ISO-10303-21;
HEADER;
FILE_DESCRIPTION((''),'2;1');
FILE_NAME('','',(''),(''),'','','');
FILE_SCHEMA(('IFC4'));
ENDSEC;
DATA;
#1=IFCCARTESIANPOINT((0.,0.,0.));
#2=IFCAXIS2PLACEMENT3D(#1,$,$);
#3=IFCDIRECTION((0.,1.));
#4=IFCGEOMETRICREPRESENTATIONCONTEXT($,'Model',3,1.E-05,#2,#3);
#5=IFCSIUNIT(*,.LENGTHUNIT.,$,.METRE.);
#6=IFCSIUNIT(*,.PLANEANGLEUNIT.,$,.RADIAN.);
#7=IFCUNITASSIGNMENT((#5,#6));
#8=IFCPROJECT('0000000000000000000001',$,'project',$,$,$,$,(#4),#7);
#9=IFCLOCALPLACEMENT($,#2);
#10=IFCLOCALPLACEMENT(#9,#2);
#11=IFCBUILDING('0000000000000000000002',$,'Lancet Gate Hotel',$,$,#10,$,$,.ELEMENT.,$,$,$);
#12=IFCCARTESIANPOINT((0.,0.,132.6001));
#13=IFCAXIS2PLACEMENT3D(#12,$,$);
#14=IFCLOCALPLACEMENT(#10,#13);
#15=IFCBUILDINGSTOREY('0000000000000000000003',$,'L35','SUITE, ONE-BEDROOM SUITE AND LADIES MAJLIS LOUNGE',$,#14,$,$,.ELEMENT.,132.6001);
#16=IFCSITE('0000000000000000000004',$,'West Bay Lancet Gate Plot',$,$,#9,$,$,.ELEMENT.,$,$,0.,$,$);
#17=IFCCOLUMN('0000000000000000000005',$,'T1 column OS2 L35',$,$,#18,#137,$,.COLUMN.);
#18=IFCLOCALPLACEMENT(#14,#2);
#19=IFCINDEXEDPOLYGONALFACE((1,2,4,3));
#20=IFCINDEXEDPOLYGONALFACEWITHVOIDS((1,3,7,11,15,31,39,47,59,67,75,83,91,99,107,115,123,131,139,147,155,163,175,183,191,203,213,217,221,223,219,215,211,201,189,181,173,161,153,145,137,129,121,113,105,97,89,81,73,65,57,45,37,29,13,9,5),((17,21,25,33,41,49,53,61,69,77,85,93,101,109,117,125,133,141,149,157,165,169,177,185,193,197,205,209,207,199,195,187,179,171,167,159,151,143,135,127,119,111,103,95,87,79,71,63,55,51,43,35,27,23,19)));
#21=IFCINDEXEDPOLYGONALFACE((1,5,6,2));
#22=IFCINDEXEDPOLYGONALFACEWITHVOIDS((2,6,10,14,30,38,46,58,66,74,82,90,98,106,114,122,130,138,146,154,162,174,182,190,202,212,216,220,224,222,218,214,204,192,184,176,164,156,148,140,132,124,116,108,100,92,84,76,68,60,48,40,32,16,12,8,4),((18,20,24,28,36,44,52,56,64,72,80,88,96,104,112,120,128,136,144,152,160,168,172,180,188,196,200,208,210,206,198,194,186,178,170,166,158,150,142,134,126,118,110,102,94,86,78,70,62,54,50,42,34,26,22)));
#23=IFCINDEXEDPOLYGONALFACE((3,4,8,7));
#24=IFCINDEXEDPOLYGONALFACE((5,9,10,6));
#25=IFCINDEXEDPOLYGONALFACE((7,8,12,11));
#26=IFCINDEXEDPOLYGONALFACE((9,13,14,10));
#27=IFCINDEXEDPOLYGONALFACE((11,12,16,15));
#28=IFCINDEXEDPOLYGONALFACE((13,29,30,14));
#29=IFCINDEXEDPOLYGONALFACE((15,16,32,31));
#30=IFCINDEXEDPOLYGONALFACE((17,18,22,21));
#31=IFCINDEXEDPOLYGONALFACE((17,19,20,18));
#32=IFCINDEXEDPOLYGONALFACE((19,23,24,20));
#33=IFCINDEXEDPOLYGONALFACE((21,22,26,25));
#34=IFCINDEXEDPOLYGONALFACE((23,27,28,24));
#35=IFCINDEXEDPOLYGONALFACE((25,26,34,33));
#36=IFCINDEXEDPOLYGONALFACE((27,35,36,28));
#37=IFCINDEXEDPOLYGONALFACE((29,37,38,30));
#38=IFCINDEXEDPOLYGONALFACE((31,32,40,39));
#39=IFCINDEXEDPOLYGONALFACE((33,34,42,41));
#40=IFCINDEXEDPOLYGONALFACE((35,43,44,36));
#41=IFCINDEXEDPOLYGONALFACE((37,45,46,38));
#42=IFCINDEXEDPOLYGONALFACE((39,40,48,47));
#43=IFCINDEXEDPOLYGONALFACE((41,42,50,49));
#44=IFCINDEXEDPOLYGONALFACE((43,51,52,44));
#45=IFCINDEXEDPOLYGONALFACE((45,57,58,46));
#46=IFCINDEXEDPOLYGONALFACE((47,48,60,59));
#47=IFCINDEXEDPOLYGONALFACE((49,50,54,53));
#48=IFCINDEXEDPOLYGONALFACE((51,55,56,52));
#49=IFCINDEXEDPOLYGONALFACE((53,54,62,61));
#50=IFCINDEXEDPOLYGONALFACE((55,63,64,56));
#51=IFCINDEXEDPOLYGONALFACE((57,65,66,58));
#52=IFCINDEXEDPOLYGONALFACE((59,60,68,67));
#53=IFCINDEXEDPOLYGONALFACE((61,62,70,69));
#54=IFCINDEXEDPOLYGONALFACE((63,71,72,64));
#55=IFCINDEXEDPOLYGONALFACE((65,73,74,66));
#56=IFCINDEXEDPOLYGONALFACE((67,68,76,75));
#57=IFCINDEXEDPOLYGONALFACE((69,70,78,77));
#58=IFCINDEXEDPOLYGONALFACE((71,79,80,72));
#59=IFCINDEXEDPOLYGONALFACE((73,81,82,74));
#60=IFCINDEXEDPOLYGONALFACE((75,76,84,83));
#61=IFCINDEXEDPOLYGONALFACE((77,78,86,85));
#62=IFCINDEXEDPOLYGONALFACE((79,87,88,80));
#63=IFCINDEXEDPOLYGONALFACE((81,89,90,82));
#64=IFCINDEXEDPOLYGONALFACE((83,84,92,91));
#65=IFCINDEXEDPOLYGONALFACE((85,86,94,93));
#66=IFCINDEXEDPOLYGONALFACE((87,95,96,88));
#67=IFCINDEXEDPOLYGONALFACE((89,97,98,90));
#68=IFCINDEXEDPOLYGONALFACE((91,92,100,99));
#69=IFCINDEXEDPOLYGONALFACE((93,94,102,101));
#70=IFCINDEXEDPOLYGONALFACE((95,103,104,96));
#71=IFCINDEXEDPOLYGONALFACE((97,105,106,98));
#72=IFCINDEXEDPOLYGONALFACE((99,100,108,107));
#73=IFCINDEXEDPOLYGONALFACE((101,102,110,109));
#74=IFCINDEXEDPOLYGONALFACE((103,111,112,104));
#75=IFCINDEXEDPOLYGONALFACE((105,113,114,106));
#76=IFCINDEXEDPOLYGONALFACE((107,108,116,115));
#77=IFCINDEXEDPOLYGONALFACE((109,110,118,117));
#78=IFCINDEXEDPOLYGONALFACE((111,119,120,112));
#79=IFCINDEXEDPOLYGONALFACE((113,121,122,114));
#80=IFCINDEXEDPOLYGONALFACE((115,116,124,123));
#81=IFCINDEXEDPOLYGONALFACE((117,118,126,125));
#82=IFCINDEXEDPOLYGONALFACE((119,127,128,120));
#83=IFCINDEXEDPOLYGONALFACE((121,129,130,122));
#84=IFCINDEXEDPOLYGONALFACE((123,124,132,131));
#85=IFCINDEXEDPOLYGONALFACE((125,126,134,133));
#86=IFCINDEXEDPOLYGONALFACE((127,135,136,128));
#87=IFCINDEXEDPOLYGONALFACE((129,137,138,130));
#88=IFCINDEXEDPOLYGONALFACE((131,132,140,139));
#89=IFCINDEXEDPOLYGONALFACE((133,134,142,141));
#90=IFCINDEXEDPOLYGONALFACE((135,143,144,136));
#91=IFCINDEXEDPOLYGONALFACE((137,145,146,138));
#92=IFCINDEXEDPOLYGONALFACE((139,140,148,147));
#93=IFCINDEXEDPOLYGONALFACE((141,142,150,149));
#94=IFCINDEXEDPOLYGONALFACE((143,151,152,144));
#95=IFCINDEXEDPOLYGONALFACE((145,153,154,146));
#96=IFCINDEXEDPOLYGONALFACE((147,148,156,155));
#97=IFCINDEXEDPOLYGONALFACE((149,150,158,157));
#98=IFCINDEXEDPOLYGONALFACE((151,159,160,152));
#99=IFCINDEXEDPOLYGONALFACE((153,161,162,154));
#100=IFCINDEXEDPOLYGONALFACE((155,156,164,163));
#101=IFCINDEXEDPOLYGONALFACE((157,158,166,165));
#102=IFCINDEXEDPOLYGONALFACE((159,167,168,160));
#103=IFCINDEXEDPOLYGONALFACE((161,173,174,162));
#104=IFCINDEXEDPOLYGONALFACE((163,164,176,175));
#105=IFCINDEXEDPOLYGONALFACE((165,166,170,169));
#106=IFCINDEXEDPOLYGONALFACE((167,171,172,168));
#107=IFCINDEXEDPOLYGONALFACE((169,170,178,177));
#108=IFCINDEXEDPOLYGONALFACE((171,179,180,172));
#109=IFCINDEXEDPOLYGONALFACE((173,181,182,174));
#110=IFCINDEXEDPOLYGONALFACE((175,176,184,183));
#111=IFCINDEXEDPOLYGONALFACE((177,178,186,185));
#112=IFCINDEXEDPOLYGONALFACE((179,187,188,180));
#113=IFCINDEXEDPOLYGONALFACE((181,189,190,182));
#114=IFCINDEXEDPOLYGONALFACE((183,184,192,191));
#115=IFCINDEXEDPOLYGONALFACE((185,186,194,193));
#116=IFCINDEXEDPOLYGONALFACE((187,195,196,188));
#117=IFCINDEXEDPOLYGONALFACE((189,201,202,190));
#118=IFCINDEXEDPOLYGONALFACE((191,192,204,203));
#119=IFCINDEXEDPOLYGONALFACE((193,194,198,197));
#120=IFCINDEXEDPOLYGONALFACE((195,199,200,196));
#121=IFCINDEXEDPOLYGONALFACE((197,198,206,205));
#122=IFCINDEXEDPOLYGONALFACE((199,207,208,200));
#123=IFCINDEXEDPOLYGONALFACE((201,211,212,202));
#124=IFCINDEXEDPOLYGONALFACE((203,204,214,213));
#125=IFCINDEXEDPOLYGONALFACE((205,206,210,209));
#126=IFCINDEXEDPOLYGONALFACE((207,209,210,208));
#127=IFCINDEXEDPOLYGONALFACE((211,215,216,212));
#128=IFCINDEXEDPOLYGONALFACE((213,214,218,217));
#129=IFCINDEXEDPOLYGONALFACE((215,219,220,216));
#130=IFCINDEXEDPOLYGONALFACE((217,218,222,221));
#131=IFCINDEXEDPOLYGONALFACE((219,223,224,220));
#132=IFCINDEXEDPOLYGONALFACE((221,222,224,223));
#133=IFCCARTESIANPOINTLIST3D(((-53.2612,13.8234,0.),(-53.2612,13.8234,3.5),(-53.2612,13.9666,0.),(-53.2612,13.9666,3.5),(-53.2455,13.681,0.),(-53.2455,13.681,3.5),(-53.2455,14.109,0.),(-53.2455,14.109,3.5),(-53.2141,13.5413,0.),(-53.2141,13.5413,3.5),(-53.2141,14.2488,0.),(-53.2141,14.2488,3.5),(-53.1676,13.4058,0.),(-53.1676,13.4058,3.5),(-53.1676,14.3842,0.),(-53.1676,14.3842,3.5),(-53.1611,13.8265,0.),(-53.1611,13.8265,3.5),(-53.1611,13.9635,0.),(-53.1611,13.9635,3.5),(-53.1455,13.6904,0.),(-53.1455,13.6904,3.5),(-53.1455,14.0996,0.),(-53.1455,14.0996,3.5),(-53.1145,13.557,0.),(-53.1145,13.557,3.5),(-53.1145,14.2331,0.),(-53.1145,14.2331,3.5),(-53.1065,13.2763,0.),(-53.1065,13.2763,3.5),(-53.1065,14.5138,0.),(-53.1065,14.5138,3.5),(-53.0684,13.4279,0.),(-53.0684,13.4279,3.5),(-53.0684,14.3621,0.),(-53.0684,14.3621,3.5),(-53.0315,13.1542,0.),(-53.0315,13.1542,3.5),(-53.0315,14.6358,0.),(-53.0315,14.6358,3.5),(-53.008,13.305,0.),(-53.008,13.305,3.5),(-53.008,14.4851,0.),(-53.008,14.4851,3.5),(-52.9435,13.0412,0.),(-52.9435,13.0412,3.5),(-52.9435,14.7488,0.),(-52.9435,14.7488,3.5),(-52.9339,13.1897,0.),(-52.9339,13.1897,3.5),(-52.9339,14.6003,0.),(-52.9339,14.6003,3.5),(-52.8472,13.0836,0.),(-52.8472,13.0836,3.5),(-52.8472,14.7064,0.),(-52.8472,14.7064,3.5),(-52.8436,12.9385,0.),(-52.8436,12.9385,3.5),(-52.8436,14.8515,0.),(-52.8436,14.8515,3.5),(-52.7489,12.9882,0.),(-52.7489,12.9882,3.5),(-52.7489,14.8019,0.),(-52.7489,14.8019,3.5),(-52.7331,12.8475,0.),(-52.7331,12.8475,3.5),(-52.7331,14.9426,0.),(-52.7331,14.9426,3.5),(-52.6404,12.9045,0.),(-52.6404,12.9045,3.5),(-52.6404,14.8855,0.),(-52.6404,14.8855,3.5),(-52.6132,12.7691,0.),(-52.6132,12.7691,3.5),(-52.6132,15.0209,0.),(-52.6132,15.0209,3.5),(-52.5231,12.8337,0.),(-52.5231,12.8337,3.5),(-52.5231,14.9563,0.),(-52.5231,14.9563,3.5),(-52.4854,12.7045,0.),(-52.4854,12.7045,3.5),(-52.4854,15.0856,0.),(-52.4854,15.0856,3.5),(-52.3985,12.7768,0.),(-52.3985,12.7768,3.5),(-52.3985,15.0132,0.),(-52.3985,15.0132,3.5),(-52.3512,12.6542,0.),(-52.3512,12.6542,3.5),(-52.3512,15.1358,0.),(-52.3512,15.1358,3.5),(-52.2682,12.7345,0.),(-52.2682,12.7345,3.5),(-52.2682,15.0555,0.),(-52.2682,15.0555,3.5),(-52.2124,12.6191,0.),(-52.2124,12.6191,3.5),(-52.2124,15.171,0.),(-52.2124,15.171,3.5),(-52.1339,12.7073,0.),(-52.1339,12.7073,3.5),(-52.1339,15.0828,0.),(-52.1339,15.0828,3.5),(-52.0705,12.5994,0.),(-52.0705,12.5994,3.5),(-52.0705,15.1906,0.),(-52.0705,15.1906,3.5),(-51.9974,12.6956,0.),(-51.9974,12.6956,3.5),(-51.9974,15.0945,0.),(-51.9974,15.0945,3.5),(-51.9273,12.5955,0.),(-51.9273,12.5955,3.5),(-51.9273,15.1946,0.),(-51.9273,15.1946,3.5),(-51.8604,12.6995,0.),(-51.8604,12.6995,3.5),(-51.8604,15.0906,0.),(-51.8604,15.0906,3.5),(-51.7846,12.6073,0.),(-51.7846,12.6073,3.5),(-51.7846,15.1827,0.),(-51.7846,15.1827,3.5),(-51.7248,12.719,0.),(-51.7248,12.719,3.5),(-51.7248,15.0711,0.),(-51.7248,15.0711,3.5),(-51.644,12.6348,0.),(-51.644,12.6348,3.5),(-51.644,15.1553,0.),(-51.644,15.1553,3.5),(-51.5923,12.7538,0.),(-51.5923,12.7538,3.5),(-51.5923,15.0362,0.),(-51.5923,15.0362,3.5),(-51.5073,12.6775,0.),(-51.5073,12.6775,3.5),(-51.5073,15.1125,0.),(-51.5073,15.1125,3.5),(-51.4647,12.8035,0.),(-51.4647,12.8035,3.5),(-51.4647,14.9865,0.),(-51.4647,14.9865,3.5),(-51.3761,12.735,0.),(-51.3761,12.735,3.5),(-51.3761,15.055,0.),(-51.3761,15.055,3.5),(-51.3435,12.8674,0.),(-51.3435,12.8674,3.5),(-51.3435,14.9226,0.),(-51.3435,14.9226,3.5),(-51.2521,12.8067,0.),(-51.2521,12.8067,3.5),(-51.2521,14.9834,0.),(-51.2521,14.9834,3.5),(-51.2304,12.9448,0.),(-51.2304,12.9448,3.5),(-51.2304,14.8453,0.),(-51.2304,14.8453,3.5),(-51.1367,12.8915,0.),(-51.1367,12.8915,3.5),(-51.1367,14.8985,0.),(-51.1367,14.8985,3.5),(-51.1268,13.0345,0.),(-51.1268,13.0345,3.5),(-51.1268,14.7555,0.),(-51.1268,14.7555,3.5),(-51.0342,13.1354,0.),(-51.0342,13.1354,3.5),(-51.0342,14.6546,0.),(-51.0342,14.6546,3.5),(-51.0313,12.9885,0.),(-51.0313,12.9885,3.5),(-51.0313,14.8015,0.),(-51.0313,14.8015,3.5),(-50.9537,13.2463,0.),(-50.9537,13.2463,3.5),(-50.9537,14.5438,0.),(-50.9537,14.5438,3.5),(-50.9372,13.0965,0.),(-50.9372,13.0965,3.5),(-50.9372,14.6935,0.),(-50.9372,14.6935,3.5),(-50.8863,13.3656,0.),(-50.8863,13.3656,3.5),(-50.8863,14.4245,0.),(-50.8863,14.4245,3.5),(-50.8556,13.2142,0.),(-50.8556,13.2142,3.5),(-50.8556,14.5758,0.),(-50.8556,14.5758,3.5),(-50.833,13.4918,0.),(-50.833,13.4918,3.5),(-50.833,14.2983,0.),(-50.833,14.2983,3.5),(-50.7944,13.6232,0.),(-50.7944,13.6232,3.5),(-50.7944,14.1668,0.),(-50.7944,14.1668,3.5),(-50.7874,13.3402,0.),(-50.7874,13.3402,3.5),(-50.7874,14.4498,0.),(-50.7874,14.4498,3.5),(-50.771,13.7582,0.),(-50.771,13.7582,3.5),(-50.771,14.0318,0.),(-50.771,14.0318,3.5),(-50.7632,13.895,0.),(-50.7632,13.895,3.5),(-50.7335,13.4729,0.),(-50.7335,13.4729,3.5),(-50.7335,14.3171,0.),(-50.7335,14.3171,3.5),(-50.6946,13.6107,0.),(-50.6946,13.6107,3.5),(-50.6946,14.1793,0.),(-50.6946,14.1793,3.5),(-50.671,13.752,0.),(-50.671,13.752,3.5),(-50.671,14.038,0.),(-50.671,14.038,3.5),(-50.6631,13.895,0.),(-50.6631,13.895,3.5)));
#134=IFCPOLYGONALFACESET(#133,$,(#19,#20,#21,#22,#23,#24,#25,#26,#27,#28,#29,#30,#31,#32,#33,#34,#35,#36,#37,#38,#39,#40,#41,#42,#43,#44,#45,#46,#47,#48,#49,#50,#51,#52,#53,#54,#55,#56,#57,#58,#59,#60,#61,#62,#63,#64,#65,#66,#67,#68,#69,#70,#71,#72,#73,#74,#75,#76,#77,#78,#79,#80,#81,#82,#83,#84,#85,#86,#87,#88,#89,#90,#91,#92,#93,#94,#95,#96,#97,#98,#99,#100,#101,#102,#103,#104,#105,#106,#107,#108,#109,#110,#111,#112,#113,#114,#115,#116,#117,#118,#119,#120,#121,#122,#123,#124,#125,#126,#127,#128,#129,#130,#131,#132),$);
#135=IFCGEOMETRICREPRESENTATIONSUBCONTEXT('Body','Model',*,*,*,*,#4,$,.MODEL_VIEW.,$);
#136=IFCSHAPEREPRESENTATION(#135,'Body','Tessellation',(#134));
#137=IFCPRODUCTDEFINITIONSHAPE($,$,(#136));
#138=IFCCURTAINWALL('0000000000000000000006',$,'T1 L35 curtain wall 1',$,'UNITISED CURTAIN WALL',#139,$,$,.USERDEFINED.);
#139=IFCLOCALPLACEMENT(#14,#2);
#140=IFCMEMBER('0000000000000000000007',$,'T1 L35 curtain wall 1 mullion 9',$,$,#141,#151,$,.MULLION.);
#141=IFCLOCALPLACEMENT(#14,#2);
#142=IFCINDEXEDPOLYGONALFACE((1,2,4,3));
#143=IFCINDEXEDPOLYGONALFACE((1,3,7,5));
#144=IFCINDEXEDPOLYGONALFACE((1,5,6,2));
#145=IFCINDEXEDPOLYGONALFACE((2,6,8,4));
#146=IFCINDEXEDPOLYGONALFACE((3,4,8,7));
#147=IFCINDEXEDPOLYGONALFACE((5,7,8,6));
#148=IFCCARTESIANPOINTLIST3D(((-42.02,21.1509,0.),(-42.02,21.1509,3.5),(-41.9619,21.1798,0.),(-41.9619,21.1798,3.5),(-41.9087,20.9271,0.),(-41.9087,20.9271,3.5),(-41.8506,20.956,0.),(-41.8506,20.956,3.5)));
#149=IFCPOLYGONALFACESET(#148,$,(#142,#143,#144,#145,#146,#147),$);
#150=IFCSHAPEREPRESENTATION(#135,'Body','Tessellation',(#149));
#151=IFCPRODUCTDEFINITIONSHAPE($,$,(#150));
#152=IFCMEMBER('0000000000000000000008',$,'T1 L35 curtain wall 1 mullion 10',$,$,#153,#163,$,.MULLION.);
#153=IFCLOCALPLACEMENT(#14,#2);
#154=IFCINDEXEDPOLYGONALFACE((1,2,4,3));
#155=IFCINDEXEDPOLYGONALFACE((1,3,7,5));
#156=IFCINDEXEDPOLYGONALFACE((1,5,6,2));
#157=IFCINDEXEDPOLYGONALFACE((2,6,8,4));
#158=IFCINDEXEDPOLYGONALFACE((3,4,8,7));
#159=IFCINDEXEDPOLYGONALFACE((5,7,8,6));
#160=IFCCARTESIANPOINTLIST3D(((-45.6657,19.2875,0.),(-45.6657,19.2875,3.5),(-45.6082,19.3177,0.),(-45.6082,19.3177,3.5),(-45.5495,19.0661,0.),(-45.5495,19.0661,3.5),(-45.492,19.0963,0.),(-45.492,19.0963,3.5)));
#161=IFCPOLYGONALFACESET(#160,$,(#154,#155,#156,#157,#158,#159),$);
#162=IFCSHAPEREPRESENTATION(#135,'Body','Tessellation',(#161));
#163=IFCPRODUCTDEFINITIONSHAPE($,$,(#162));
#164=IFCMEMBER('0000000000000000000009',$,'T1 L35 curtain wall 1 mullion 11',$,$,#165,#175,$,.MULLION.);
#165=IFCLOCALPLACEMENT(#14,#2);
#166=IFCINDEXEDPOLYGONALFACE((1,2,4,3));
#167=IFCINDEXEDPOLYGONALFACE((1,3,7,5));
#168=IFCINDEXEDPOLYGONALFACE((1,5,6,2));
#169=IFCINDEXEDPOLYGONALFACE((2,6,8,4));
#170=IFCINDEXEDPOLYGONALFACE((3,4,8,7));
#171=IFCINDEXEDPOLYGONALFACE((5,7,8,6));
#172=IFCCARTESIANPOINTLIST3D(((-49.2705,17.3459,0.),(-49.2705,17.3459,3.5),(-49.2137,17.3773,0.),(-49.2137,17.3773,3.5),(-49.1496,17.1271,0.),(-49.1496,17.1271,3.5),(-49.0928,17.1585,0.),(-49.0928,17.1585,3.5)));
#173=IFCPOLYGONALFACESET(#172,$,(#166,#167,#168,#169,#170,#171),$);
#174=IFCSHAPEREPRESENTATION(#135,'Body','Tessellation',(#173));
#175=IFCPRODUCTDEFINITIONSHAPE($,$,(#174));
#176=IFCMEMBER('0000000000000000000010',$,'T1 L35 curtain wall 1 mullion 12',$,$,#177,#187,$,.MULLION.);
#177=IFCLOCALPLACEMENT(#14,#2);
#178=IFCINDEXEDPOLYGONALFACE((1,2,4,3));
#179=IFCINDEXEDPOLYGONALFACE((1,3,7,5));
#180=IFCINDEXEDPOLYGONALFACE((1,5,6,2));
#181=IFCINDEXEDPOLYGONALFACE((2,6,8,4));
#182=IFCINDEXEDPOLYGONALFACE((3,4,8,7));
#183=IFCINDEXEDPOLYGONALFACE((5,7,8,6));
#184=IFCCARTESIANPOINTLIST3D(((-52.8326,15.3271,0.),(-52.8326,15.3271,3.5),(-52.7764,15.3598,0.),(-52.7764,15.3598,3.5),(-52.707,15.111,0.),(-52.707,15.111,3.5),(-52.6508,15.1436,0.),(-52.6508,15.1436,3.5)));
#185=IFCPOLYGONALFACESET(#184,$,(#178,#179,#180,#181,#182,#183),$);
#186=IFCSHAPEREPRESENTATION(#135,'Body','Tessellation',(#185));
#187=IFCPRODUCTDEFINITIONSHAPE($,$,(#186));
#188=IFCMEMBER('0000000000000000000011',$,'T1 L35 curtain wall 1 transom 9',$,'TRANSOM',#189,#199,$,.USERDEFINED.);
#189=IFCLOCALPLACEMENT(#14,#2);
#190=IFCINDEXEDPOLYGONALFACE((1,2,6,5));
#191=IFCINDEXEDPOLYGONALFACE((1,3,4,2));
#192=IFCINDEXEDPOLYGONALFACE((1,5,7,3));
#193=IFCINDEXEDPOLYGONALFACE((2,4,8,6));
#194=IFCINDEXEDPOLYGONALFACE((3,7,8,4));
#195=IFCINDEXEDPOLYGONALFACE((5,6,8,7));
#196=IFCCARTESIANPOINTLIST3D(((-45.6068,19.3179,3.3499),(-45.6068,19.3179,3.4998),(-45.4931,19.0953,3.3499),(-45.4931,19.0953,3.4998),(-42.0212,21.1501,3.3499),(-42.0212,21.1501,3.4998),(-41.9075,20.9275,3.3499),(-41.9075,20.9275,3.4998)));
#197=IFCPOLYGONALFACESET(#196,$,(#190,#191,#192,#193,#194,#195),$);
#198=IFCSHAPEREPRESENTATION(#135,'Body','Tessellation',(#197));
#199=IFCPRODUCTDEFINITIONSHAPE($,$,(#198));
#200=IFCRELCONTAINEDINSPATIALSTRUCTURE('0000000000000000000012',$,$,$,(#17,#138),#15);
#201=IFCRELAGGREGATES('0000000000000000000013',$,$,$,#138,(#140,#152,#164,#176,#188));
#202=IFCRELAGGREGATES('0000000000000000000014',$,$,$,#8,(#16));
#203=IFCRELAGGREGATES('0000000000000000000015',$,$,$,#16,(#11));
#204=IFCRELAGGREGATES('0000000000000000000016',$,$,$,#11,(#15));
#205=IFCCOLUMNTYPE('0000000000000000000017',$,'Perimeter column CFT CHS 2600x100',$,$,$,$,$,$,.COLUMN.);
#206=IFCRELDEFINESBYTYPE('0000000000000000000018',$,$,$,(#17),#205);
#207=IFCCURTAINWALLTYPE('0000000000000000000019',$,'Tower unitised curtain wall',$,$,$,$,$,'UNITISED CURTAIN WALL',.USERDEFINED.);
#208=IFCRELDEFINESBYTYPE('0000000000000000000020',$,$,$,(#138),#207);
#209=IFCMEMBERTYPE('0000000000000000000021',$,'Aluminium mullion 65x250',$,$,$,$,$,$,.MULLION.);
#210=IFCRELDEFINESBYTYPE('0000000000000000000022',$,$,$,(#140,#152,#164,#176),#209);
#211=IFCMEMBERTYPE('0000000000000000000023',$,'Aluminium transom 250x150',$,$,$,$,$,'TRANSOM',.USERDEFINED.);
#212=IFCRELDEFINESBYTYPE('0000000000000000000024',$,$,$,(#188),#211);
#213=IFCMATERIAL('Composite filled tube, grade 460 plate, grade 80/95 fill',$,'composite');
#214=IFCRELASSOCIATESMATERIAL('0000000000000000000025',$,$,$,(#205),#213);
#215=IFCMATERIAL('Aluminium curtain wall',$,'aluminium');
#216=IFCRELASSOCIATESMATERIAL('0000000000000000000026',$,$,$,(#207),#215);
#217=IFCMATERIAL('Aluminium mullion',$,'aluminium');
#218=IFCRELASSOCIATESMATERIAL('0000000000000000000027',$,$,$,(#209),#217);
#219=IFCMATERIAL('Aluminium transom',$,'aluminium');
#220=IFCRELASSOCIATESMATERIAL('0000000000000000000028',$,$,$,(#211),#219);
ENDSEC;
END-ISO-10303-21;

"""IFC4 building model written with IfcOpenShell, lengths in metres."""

from ifc_helpers import new_model, si_unit, direction, frame, origin, origin_2d, place, context, subcontext, project, spatial, rectangle, hollow_circle, extrude, material, material_profile, profile_set, type_object, element, aggregate, save


model = new_model("IFC4")

# Units and contexts
model_context = context("Model", 3, precision=1e-05, world=origin(), true_north=direction((0.0, 1.0)))
body_context = subcontext(model_context, "Body", "Model", "MODEL_VIEW")
ifc_project = project(units=[si_unit("LENGTHUNIT", "METRE"), si_unit("PLANEANGLEUNIT", "RADIAN")], contexts=[model_context])

# Site, building, storey
site_placement = place(None, origin())
site = spatial("IfcSite", under=ifc_project, at=site_placement, Name="West Bay Lancet Gate Plot", CompositionType="ELEMENT", RefElevation=0.0)
building_placement = place(site_placement, origin())
building = spatial("IfcBuilding", under=site, at=building_placement, Name="Lancet Gate Hotel", CompositionType="ELEMENT")
storey_placement = place(building_placement, frame((0.0, 0.0, 132.6001)))
storey = spatial("IfcBuildingStorey", under=building, at=storey_placement, Name="L35", Description="SUITE, ONE-BEDROOM SUITE AND LADIES MAJLIS LOUNGE", CompositionType="ELEMENT", Elevation=132.6001)

# Column
ifc_material_1 = material(Name="Composite filled tube, grade 460 plate, grade 80/95 fill", Category="composite")
ifc_material_profile_1 = material_profile(ifc_material_1, hollow_circle(Radius=1.3, WallThickness=0.1001, at=origin_2d()), Name="CHS 2600x100")
ifc_profile_set_1 = profile_set([ifc_material_profile_1], Name="Composite filled tube, grade 460 plate, grade 80/95 fill")
column_type = type_object("IfcColumnType", Name="Perimeter column CFT CHS 2600x100", PredefinedType="COLUMN", material=ifc_profile_set_1)
for number, where, z_axis, x_axis, name in (
    (1, (-51.9631, 13.895, 0.0), (0.0, 0.0, 1.0), (1.0, 0.0, 0.0), "T1 column OS2 L35"),
):
    element("IfcColumn", number, at=place(storey_placement, frame(where, z_axis=z_axis, x_axis=x_axis)), inside=storey, type_object=column_type, Name=name, PredefinedType="COLUMN", context=body_context, shape_type="SweptSolid", body=[
        extrude(hollow_circle(Radius=1.3, WallThickness=0.1001, at=origin_2d()), origin(), (0.0, 0.0, 1.0), 3.5),
    ])

# Curtain wall, members
ifc_material_2 = material(Name="Aluminium curtain wall", Category="aluminium")
curtain_wall_type = type_object("IfcCurtainWallType", Name="Tower unitised curtain wall", ElementType="UNITISED CURTAIN WALL", PredefinedType="USERDEFINED", material=ifc_material_2)
curtain_wall_placement = place(storey_placement, origin())
curtain_wall = element("IfcCurtainWall", 2, at=curtain_wall_placement, inside=storey, type_object=curtain_wall_type, Name="T1 L35 curtain wall 1", ObjectType="UNITISED CURTAIN WALL", PredefinedType="USERDEFINED")
ifc_material_3 = material(Name="Aluminium mullion", Category="aluminium")
ifc_material_profile_2 = material_profile(ifc_material_3, rectangle(XDim=0.0649, YDim=0.25, at=origin_2d()), Name="MULLION 65x250")
ifc_profile_set_2 = profile_set([ifc_material_profile_2], Name="Aluminium mullion")
member_type_1 = type_object("IfcMemberType", Name="Aluminium mullion 65x250", PredefinedType="MULLION", material=ifc_profile_set_2)
member_1_placement = place(storey_placement, frame((-41.9353, 21.0535, 0.0), z_axis=(0.0, 0.0, 1.0), x_axis=(-0.895339, -0.445384, 0.0)))
member_1 = element("IfcMember", 3, at=member_1_placement, type_object=member_type_1, Name="T1 L35 curtain wall 1 mullion 9", PredefinedType="MULLION", context=body_context, shape_type="SweptSolid", body=[
    extrude(rectangle(XDim=0.0649, YDim=0.25, at=origin_2d()), origin(), (0.0, 0.0, 1.0), 3.5),
])
member_2_placement = place(storey_placement, frame((-45.5789, 19.1919, 0.0), z_axis=(0.0, 0.0, 1.0), x_axis=(-0.885544, -0.464555, 0.0)))
member_2 = element("IfcMember", 4, at=member_2_placement, type_object=member_type_1, Name="T1 L35 curtain wall 1 mullion 10", PredefinedType="MULLION", context=body_context, shape_type="SweptSolid", body=[
    extrude(rectangle(XDim=0.0649, YDim=0.25, at=origin_2d()), origin(), (0.0, 0.0, 1.0), 3.5),
])
member_3_placement = place(storey_placement, frame((-49.1816, 17.2522, 0.0), z_axis=(0.0, 0.0, 1.0), x_axis=(-0.875339, -0.48351, 0.0)))
member_3 = element("IfcMember", 5, at=member_3_placement, type_object=member_type_1, Name="T1 L35 curtain wall 1 mullion 11", PredefinedType="MULLION", context=body_context, shape_type="SweptSolid", body=[
    extrude(rectangle(XDim=0.0649, YDim=0.25, at=origin_2d()), origin(), (0.0, 0.0, 1.0), 3.5),
])
member_4_placement = place(storey_placement, frame((-52.7417, 15.2354, 0.0), z_axis=(0.0, 0.0, 1.0), x_axis=(-0.864728, -0.502241, 0.0)))
member_4 = element("IfcMember", 6, at=member_4_placement, type_object=member_type_1, Name="T1 L35 curtain wall 1 mullion 12", PredefinedType="MULLION", context=body_context, shape_type="SweptSolid", body=[
    extrude(rectangle(XDim=0.0649, YDim=0.25, at=origin_2d()), origin(), (0.0, 0.0, 1.0), 3.5),
])
ifc_material_4 = material(Name="Aluminium transom", Category="aluminium")
ifc_material_profile_3 = material_profile(ifc_material_4, rectangle(XDim=0.25, YDim=0.1499, at=origin_2d()), Name="TRANSOM 250x150")
ifc_profile_set_3 = profile_set([ifc_material_profile_3], Name="Aluminium transom")
member_type_2 = type_object("IfcMemberType", Name="Aluminium transom 250x150", ElementType="TRANSOM", PredefinedType="USERDEFINED", material=ifc_profile_set_3)
member_5_placement = place(storey_placement, frame((-41.9644, 21.0388, 3.4248), z_axis=(-0.890476, -0.45503, 0.0), x_axis=(0.45503, -0.890476, 0.0)))
member_5 = element("IfcMember", 7, at=member_5_placement, type_object=member_type_2, Name="T1 L35 curtain wall 1 transom 9", ObjectType="TRANSOM", PredefinedType="USERDEFINED", context=body_context, shape_type="SweptSolid", body=[
    extrude(rectangle(XDim=0.25, YDim=0.1499, at=origin_2d()), origin(), (0.0, 0.0, 1.0), 4.0266),
])

aggregate(curtain_wall, [member_1, member_2, member_3, member_4, member_5])

save(model, "model.ifc")
